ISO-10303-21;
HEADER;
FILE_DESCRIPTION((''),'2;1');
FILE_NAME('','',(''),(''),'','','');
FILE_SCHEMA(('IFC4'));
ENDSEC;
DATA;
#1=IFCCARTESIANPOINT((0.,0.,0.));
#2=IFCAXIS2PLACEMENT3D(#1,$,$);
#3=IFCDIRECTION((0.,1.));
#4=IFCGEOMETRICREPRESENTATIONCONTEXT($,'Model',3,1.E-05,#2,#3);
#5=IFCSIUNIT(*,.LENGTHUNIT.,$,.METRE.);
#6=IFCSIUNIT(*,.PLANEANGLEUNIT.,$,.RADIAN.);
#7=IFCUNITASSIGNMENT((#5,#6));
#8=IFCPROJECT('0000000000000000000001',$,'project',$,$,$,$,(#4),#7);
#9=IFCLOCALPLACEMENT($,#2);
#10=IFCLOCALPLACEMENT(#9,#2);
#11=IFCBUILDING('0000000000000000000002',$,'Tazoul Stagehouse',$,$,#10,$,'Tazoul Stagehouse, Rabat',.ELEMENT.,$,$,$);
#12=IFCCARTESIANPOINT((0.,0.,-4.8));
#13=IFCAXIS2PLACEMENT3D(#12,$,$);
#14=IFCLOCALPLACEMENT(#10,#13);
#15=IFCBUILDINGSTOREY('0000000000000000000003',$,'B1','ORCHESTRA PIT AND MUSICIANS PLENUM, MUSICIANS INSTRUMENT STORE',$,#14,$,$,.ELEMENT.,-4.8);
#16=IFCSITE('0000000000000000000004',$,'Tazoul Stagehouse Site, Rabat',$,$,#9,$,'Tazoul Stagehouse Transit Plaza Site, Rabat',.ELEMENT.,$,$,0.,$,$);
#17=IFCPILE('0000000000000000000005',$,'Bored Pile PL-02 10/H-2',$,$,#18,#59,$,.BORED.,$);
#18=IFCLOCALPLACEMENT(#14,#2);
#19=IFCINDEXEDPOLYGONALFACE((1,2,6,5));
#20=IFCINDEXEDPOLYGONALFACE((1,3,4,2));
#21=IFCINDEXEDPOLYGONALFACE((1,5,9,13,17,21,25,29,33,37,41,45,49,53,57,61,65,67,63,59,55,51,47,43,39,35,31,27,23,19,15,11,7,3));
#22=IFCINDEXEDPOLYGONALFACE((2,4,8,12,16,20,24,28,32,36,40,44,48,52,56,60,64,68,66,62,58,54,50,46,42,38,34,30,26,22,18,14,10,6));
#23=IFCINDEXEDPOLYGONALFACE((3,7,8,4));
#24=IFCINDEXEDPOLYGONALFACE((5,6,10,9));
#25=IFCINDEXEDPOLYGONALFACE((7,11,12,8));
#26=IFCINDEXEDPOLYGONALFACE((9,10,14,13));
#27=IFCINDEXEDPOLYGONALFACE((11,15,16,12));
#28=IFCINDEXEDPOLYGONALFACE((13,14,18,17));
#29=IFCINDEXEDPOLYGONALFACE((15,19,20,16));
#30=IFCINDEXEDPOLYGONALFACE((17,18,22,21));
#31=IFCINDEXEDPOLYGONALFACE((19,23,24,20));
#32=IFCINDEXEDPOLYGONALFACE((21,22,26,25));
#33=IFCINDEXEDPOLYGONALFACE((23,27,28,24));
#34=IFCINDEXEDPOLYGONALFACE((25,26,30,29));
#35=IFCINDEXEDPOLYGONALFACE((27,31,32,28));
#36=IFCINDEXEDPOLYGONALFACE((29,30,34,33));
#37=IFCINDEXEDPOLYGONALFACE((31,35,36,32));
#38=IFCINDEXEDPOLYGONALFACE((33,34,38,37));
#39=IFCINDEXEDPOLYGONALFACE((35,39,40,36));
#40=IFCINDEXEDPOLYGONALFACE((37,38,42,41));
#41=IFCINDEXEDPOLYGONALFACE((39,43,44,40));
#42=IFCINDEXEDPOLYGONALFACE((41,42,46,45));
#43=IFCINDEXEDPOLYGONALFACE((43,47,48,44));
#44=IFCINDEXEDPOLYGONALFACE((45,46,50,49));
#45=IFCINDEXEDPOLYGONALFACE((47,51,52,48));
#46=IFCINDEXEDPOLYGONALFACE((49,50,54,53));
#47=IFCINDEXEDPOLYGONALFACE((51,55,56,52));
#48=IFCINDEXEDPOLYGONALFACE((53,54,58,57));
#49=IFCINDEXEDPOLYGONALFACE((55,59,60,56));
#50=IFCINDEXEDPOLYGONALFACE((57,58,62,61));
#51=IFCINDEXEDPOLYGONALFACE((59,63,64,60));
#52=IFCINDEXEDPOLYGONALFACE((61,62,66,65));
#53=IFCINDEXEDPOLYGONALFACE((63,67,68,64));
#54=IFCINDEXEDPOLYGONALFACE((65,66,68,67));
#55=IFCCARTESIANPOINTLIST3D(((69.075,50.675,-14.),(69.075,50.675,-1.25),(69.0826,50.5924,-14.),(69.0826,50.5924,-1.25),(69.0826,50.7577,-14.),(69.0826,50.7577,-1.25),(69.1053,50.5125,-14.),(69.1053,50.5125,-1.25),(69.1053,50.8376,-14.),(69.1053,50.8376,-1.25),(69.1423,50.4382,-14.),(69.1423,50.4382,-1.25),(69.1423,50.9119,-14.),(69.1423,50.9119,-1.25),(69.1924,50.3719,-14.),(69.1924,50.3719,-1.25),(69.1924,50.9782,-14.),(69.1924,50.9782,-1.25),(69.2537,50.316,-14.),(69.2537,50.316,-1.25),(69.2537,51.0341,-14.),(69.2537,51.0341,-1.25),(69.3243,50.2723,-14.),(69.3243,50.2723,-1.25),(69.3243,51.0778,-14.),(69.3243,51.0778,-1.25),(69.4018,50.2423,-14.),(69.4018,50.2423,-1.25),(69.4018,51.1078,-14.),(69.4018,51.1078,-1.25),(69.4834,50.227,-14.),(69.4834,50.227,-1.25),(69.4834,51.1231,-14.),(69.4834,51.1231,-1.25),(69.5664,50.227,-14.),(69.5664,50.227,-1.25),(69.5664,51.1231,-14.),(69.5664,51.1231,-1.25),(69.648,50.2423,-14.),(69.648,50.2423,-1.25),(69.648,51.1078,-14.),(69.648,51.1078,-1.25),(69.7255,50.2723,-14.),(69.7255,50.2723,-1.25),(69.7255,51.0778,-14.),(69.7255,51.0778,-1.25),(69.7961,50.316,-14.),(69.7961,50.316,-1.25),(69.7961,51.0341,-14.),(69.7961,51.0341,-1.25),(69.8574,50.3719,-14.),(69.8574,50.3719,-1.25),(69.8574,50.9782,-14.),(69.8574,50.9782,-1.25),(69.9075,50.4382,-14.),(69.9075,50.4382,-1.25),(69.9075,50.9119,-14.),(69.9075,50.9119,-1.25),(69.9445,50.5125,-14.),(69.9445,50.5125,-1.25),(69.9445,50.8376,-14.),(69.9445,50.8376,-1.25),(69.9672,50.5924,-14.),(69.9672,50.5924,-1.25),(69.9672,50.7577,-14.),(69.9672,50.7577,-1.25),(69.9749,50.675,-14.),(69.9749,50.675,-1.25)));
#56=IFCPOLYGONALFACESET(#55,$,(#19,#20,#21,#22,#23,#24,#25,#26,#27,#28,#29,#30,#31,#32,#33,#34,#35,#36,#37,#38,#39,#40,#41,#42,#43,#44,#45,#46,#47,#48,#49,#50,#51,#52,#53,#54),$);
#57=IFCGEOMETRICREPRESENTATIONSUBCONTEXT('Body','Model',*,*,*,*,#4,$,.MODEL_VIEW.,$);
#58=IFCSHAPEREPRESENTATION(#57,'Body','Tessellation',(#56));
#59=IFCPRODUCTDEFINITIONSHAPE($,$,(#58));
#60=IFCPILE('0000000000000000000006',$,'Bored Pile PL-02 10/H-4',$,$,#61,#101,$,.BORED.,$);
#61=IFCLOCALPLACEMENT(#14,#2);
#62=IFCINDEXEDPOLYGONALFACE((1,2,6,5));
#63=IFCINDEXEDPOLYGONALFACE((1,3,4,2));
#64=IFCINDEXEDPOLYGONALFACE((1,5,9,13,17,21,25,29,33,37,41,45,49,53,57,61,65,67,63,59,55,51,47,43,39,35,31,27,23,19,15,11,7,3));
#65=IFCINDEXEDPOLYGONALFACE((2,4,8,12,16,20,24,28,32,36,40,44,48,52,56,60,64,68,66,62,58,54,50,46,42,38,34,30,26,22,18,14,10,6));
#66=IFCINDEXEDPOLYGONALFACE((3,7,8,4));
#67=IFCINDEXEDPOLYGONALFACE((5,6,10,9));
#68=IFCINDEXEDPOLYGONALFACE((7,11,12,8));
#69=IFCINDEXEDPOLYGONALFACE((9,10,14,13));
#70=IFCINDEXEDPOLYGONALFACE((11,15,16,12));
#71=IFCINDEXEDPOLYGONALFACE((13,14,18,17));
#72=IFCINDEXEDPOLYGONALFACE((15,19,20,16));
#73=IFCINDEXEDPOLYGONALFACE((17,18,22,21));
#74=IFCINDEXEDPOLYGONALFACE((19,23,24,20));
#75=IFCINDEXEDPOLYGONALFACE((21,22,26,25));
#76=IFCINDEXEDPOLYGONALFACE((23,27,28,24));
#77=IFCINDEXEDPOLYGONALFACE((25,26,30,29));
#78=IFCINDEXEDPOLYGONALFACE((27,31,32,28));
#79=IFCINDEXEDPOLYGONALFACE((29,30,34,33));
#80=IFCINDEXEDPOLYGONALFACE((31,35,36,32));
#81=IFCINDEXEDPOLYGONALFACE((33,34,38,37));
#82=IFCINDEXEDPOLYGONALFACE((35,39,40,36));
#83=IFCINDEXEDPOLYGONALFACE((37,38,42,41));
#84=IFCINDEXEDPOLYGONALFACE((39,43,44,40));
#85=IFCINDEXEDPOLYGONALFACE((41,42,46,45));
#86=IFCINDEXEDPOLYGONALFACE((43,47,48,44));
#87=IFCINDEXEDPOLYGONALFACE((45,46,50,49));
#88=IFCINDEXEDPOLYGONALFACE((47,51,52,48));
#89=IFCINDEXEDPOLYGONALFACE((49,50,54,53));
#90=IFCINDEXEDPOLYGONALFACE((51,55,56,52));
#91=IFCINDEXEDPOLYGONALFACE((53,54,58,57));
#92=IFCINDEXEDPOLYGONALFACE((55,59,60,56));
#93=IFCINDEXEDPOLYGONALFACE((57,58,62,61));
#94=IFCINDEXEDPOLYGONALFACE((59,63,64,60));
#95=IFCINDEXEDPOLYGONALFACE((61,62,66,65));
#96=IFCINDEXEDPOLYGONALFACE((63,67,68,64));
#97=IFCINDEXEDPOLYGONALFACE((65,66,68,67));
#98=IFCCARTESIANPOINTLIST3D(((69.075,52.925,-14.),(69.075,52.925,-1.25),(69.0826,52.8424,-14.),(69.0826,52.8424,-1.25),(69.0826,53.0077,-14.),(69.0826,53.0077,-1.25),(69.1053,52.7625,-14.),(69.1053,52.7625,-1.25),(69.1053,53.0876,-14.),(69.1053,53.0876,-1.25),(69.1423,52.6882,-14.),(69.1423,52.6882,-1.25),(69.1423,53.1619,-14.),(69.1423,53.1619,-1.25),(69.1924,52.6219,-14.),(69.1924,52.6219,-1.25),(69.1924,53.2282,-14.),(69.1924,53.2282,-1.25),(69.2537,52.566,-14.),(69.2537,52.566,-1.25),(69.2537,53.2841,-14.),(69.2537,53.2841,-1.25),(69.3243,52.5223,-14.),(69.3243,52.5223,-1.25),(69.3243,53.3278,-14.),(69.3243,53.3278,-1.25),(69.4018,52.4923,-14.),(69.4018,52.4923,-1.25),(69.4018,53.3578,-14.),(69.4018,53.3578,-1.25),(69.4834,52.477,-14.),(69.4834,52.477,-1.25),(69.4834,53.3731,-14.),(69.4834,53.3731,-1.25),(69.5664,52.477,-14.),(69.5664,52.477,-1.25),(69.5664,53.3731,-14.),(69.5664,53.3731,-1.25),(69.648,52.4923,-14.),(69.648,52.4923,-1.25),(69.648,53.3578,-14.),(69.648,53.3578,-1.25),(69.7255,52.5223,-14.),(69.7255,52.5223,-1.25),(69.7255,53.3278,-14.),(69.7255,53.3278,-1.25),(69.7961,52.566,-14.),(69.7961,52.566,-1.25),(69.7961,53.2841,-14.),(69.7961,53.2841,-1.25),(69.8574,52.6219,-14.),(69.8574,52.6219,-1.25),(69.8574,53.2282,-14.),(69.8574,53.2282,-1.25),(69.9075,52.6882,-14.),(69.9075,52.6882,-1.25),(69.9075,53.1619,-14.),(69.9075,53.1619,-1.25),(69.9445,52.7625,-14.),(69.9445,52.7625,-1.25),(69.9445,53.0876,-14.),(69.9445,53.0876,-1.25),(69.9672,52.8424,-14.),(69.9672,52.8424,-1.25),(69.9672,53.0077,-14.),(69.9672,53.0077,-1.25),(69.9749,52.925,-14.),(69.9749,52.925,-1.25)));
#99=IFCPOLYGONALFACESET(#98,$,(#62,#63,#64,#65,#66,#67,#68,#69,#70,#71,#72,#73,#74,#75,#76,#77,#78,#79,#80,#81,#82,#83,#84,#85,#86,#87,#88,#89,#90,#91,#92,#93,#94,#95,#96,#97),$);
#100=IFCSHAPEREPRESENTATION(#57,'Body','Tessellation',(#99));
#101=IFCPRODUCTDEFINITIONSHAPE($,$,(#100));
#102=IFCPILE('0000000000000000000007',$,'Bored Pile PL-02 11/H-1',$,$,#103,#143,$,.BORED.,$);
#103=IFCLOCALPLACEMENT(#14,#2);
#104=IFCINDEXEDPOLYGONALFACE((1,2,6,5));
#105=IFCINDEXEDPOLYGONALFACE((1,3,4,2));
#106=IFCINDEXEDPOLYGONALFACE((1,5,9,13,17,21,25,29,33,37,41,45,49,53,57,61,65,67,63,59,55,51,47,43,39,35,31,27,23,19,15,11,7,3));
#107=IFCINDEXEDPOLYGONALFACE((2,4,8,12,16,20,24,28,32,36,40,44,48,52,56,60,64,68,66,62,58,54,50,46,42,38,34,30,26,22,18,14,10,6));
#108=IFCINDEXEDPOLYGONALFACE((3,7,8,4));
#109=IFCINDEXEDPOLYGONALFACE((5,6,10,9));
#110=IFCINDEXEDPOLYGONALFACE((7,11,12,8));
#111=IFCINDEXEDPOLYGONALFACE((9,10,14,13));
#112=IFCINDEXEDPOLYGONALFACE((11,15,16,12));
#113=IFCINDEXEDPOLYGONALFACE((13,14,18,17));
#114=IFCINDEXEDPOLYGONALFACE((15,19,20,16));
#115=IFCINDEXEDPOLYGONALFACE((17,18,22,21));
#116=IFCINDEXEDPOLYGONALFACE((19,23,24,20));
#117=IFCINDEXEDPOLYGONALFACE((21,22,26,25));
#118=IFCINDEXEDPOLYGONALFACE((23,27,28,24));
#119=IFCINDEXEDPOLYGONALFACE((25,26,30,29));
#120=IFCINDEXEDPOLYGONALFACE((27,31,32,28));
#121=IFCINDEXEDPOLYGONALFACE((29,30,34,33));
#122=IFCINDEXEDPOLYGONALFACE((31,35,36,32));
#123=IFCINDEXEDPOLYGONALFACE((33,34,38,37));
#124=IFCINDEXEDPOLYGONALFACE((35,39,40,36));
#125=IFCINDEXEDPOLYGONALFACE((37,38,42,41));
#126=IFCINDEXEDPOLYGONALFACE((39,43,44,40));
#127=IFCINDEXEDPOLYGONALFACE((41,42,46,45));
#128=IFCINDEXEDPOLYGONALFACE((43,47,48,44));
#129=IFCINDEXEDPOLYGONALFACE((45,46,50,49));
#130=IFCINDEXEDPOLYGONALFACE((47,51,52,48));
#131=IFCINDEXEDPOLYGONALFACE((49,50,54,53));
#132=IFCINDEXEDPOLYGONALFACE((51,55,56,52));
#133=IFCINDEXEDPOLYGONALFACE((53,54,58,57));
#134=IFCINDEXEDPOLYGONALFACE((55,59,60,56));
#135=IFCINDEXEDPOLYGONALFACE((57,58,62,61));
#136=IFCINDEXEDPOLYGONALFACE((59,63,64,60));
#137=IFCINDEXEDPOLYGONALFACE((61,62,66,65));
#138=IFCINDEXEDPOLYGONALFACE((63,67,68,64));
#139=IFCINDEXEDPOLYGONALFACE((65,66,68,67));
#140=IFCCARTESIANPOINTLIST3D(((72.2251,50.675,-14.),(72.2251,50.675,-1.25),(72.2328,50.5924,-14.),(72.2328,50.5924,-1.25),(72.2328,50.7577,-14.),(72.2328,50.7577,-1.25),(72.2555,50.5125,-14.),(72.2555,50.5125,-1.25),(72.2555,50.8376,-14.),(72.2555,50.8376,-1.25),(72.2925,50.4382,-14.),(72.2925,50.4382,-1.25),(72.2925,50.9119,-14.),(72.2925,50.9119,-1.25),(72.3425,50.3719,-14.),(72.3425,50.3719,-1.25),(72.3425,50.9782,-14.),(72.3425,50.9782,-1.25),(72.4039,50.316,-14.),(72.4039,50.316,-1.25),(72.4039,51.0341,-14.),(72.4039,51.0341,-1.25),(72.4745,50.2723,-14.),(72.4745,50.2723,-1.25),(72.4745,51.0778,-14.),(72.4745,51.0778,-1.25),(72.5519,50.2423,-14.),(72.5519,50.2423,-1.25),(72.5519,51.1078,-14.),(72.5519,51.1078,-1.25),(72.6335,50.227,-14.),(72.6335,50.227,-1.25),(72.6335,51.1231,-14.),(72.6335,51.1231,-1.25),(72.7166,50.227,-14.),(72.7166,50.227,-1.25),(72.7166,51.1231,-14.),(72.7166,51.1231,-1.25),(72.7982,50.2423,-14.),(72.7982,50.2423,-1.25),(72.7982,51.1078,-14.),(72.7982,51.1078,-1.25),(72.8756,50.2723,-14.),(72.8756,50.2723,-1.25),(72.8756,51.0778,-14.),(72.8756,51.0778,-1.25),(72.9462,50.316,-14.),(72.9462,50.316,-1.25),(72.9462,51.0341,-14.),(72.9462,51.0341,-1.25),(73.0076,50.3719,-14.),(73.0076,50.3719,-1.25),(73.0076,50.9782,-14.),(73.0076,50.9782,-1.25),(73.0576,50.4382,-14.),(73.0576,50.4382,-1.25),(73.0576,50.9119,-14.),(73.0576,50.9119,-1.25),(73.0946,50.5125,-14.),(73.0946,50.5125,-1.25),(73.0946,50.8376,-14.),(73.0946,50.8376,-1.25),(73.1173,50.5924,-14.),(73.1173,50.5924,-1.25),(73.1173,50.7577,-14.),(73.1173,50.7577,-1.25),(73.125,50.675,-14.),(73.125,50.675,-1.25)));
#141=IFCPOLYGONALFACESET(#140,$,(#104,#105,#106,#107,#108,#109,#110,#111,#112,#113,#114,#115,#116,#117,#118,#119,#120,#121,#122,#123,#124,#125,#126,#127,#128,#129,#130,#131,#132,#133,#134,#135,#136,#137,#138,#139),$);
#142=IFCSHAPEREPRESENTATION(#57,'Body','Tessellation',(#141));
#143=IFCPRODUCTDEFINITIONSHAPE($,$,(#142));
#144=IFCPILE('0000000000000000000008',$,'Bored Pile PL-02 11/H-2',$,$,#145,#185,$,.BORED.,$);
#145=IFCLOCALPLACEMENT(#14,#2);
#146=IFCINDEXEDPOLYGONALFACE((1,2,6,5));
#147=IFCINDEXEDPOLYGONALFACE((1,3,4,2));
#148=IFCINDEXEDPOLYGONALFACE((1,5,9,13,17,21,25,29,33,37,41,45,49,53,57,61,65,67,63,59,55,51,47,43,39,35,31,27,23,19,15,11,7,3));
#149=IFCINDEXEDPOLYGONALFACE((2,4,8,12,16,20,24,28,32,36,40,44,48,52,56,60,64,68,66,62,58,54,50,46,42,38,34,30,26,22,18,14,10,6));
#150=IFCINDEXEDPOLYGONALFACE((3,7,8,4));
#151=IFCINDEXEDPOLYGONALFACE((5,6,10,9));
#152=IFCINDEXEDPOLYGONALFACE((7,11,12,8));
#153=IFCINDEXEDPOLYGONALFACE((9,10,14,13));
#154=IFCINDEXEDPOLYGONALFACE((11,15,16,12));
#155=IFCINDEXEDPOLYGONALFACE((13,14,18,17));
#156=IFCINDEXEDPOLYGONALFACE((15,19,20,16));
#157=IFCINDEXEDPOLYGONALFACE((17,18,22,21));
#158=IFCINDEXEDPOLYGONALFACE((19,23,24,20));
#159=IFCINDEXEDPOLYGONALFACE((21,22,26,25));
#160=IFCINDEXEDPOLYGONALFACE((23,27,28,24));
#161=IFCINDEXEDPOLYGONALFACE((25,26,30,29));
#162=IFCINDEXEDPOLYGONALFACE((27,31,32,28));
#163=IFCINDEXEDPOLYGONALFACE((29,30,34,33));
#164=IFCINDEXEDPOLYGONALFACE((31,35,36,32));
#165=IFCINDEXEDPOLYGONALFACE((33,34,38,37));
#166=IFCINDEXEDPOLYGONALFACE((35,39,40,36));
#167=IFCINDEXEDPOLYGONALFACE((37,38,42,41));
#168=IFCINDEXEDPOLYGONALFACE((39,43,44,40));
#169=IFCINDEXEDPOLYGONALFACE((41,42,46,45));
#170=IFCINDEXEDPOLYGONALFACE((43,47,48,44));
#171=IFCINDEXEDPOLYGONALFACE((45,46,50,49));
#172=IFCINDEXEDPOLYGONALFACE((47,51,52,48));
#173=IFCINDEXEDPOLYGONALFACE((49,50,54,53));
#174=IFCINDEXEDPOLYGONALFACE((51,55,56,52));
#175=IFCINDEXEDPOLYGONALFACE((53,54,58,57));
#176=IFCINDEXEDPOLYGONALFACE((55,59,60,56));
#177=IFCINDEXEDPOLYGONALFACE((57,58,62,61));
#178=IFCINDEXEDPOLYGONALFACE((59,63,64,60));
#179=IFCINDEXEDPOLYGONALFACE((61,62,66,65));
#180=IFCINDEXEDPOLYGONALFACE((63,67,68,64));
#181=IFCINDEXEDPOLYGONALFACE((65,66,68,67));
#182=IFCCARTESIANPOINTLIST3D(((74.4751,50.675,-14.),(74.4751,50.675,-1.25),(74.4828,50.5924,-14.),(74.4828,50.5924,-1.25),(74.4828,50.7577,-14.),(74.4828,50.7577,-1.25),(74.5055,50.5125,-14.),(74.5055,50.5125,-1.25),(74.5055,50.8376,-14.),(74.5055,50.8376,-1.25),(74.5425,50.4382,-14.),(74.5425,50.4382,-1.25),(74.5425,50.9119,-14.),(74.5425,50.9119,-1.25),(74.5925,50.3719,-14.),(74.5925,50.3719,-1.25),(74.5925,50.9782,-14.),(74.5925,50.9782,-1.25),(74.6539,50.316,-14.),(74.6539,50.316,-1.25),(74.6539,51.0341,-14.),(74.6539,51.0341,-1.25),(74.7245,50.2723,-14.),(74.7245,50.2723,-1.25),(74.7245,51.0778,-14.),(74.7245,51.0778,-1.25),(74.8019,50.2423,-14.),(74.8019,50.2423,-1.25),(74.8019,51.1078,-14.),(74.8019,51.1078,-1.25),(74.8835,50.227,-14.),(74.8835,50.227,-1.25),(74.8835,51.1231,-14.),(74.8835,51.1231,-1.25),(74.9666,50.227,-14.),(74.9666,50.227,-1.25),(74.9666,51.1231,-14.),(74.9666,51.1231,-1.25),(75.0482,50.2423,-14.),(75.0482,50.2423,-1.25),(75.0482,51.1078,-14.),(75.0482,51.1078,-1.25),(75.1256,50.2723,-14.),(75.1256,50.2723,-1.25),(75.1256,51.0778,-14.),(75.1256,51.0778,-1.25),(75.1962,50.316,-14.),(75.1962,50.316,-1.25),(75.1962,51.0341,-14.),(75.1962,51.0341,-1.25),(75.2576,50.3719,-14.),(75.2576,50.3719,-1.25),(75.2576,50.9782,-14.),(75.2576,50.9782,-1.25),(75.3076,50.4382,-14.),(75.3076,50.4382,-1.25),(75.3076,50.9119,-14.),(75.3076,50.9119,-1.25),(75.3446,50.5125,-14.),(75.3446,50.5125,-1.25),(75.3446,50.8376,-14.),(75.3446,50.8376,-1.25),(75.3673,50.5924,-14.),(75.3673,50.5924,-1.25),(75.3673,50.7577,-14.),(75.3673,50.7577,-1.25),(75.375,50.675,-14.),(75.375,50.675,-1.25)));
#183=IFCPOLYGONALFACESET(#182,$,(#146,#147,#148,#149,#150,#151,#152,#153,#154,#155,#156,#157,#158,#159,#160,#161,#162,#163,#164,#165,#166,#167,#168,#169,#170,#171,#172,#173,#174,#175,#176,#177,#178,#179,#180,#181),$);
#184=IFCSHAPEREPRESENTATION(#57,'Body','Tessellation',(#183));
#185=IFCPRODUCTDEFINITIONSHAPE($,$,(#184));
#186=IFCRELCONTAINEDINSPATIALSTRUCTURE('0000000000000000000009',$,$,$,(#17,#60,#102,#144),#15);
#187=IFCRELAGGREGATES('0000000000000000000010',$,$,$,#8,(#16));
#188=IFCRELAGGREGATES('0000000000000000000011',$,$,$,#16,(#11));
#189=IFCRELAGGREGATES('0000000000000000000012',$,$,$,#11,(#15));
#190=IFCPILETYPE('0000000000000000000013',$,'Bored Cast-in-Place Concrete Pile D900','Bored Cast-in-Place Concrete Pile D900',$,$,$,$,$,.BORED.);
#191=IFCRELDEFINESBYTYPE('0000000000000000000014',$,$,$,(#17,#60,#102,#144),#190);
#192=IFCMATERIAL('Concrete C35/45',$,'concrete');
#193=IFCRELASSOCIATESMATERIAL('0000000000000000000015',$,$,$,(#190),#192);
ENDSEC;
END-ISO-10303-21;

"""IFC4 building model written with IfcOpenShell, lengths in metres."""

from ifc_helpers import new_model, si_unit, direction, frame, origin, origin_2d, place, context, subcontext, project, spatial, circle, extrude, material, material_profile, profile_set, type_object, element, save


model = new_model("IFC4")

# Units and contexts
model_context = context("Model", 3, precision=1e-05, world=origin(), true_north=direction((0.0, 1.0)))
body_context = subcontext(model_context, "Body", "Model", "MODEL_VIEW")
ifc_project = project(units=[si_unit("LENGTHUNIT", "METRE"), si_unit("PLANEANGLEUNIT", "RADIAN")], contexts=[model_context])

# Site, building, storey
site_placement = place(None, origin())
site = spatial("IfcSite", under=ifc_project, at=site_placement, Name="Tazoul Stagehouse Site, Rabat", LongName="Tazoul Stagehouse Transit Plaza Site, Rabat", CompositionType="ELEMENT", RefElevation=0.0)
building_placement = place(site_placement, origin())
building = spatial("IfcBuilding", under=site, at=building_placement, Name="Tazoul Stagehouse", LongName="Tazoul Stagehouse, Rabat", CompositionType="ELEMENT")
storey_placement = place(building_placement, frame((0.0, 0.0, -4.8)))
storey = spatial("IfcBuildingStorey", under=building, at=storey_placement, Name="B1", Description="ORCHESTRA PIT AND MUSICIANS PLENUM, MUSICIANS INSTRUMENT STORE", CompositionType="ELEMENT", Elevation=-4.8)

# Piles
ifc_material_1 = material(Name="Concrete C35/45", Category="concrete")
ifc_material_profile_1 = material_profile(ifc_material_1, circle(Radius=0.45, at=origin_2d()), Name="BORED PILE 900")
ifc_profile_set_1 = profile_set([ifc_material_profile_1], Name="Concrete C35/45")
pile_type_1 = type_object("IfcPileType", Name="Bored Cast-in-Place Concrete Pile D900", Description="Bored Cast-in-Place Concrete Pile D900", PredefinedType="BORED", material=ifc_profile_set_1)
for number, where, z_axis, x_axis, name in (
    (1, (69.5249, 50.675, -1.25), (0.0, 0.0, -1.0), (1.0, 0.0, 0.0), "Bored Pile PL-02 10/H-2"),
    (2, (69.5249, 52.925, -1.25), (0.0, 0.0, -1.0), (1.0, 0.0, 0.0), "Bored Pile PL-02 10/H-4"),
    (3, (72.675, 50.675, -1.25), (0.0, 0.0, -1.0), (1.0, 0.0, 0.0), "Bored Pile PL-02 11/H-1"),
    (4, (74.925, 50.675, -1.25), (0.0, 0.0, -1.0), (1.0, 0.0, 0.0), "Bored Pile PL-02 11/H-2"),
):
    element("IfcPile", number, at=place(storey_placement, frame(where, z_axis=z_axis, x_axis=x_axis)), inside=storey, type_object=pile_type_1, Name=name, PredefinedType="BORED", context=body_context, shape_type="SweptSolid", body=[
        extrude(circle(Radius=0.45, at=origin_2d()), origin(), (0.0, 0.0, 1.0), 12.75),
    ])

save(model, "model.ifc")
